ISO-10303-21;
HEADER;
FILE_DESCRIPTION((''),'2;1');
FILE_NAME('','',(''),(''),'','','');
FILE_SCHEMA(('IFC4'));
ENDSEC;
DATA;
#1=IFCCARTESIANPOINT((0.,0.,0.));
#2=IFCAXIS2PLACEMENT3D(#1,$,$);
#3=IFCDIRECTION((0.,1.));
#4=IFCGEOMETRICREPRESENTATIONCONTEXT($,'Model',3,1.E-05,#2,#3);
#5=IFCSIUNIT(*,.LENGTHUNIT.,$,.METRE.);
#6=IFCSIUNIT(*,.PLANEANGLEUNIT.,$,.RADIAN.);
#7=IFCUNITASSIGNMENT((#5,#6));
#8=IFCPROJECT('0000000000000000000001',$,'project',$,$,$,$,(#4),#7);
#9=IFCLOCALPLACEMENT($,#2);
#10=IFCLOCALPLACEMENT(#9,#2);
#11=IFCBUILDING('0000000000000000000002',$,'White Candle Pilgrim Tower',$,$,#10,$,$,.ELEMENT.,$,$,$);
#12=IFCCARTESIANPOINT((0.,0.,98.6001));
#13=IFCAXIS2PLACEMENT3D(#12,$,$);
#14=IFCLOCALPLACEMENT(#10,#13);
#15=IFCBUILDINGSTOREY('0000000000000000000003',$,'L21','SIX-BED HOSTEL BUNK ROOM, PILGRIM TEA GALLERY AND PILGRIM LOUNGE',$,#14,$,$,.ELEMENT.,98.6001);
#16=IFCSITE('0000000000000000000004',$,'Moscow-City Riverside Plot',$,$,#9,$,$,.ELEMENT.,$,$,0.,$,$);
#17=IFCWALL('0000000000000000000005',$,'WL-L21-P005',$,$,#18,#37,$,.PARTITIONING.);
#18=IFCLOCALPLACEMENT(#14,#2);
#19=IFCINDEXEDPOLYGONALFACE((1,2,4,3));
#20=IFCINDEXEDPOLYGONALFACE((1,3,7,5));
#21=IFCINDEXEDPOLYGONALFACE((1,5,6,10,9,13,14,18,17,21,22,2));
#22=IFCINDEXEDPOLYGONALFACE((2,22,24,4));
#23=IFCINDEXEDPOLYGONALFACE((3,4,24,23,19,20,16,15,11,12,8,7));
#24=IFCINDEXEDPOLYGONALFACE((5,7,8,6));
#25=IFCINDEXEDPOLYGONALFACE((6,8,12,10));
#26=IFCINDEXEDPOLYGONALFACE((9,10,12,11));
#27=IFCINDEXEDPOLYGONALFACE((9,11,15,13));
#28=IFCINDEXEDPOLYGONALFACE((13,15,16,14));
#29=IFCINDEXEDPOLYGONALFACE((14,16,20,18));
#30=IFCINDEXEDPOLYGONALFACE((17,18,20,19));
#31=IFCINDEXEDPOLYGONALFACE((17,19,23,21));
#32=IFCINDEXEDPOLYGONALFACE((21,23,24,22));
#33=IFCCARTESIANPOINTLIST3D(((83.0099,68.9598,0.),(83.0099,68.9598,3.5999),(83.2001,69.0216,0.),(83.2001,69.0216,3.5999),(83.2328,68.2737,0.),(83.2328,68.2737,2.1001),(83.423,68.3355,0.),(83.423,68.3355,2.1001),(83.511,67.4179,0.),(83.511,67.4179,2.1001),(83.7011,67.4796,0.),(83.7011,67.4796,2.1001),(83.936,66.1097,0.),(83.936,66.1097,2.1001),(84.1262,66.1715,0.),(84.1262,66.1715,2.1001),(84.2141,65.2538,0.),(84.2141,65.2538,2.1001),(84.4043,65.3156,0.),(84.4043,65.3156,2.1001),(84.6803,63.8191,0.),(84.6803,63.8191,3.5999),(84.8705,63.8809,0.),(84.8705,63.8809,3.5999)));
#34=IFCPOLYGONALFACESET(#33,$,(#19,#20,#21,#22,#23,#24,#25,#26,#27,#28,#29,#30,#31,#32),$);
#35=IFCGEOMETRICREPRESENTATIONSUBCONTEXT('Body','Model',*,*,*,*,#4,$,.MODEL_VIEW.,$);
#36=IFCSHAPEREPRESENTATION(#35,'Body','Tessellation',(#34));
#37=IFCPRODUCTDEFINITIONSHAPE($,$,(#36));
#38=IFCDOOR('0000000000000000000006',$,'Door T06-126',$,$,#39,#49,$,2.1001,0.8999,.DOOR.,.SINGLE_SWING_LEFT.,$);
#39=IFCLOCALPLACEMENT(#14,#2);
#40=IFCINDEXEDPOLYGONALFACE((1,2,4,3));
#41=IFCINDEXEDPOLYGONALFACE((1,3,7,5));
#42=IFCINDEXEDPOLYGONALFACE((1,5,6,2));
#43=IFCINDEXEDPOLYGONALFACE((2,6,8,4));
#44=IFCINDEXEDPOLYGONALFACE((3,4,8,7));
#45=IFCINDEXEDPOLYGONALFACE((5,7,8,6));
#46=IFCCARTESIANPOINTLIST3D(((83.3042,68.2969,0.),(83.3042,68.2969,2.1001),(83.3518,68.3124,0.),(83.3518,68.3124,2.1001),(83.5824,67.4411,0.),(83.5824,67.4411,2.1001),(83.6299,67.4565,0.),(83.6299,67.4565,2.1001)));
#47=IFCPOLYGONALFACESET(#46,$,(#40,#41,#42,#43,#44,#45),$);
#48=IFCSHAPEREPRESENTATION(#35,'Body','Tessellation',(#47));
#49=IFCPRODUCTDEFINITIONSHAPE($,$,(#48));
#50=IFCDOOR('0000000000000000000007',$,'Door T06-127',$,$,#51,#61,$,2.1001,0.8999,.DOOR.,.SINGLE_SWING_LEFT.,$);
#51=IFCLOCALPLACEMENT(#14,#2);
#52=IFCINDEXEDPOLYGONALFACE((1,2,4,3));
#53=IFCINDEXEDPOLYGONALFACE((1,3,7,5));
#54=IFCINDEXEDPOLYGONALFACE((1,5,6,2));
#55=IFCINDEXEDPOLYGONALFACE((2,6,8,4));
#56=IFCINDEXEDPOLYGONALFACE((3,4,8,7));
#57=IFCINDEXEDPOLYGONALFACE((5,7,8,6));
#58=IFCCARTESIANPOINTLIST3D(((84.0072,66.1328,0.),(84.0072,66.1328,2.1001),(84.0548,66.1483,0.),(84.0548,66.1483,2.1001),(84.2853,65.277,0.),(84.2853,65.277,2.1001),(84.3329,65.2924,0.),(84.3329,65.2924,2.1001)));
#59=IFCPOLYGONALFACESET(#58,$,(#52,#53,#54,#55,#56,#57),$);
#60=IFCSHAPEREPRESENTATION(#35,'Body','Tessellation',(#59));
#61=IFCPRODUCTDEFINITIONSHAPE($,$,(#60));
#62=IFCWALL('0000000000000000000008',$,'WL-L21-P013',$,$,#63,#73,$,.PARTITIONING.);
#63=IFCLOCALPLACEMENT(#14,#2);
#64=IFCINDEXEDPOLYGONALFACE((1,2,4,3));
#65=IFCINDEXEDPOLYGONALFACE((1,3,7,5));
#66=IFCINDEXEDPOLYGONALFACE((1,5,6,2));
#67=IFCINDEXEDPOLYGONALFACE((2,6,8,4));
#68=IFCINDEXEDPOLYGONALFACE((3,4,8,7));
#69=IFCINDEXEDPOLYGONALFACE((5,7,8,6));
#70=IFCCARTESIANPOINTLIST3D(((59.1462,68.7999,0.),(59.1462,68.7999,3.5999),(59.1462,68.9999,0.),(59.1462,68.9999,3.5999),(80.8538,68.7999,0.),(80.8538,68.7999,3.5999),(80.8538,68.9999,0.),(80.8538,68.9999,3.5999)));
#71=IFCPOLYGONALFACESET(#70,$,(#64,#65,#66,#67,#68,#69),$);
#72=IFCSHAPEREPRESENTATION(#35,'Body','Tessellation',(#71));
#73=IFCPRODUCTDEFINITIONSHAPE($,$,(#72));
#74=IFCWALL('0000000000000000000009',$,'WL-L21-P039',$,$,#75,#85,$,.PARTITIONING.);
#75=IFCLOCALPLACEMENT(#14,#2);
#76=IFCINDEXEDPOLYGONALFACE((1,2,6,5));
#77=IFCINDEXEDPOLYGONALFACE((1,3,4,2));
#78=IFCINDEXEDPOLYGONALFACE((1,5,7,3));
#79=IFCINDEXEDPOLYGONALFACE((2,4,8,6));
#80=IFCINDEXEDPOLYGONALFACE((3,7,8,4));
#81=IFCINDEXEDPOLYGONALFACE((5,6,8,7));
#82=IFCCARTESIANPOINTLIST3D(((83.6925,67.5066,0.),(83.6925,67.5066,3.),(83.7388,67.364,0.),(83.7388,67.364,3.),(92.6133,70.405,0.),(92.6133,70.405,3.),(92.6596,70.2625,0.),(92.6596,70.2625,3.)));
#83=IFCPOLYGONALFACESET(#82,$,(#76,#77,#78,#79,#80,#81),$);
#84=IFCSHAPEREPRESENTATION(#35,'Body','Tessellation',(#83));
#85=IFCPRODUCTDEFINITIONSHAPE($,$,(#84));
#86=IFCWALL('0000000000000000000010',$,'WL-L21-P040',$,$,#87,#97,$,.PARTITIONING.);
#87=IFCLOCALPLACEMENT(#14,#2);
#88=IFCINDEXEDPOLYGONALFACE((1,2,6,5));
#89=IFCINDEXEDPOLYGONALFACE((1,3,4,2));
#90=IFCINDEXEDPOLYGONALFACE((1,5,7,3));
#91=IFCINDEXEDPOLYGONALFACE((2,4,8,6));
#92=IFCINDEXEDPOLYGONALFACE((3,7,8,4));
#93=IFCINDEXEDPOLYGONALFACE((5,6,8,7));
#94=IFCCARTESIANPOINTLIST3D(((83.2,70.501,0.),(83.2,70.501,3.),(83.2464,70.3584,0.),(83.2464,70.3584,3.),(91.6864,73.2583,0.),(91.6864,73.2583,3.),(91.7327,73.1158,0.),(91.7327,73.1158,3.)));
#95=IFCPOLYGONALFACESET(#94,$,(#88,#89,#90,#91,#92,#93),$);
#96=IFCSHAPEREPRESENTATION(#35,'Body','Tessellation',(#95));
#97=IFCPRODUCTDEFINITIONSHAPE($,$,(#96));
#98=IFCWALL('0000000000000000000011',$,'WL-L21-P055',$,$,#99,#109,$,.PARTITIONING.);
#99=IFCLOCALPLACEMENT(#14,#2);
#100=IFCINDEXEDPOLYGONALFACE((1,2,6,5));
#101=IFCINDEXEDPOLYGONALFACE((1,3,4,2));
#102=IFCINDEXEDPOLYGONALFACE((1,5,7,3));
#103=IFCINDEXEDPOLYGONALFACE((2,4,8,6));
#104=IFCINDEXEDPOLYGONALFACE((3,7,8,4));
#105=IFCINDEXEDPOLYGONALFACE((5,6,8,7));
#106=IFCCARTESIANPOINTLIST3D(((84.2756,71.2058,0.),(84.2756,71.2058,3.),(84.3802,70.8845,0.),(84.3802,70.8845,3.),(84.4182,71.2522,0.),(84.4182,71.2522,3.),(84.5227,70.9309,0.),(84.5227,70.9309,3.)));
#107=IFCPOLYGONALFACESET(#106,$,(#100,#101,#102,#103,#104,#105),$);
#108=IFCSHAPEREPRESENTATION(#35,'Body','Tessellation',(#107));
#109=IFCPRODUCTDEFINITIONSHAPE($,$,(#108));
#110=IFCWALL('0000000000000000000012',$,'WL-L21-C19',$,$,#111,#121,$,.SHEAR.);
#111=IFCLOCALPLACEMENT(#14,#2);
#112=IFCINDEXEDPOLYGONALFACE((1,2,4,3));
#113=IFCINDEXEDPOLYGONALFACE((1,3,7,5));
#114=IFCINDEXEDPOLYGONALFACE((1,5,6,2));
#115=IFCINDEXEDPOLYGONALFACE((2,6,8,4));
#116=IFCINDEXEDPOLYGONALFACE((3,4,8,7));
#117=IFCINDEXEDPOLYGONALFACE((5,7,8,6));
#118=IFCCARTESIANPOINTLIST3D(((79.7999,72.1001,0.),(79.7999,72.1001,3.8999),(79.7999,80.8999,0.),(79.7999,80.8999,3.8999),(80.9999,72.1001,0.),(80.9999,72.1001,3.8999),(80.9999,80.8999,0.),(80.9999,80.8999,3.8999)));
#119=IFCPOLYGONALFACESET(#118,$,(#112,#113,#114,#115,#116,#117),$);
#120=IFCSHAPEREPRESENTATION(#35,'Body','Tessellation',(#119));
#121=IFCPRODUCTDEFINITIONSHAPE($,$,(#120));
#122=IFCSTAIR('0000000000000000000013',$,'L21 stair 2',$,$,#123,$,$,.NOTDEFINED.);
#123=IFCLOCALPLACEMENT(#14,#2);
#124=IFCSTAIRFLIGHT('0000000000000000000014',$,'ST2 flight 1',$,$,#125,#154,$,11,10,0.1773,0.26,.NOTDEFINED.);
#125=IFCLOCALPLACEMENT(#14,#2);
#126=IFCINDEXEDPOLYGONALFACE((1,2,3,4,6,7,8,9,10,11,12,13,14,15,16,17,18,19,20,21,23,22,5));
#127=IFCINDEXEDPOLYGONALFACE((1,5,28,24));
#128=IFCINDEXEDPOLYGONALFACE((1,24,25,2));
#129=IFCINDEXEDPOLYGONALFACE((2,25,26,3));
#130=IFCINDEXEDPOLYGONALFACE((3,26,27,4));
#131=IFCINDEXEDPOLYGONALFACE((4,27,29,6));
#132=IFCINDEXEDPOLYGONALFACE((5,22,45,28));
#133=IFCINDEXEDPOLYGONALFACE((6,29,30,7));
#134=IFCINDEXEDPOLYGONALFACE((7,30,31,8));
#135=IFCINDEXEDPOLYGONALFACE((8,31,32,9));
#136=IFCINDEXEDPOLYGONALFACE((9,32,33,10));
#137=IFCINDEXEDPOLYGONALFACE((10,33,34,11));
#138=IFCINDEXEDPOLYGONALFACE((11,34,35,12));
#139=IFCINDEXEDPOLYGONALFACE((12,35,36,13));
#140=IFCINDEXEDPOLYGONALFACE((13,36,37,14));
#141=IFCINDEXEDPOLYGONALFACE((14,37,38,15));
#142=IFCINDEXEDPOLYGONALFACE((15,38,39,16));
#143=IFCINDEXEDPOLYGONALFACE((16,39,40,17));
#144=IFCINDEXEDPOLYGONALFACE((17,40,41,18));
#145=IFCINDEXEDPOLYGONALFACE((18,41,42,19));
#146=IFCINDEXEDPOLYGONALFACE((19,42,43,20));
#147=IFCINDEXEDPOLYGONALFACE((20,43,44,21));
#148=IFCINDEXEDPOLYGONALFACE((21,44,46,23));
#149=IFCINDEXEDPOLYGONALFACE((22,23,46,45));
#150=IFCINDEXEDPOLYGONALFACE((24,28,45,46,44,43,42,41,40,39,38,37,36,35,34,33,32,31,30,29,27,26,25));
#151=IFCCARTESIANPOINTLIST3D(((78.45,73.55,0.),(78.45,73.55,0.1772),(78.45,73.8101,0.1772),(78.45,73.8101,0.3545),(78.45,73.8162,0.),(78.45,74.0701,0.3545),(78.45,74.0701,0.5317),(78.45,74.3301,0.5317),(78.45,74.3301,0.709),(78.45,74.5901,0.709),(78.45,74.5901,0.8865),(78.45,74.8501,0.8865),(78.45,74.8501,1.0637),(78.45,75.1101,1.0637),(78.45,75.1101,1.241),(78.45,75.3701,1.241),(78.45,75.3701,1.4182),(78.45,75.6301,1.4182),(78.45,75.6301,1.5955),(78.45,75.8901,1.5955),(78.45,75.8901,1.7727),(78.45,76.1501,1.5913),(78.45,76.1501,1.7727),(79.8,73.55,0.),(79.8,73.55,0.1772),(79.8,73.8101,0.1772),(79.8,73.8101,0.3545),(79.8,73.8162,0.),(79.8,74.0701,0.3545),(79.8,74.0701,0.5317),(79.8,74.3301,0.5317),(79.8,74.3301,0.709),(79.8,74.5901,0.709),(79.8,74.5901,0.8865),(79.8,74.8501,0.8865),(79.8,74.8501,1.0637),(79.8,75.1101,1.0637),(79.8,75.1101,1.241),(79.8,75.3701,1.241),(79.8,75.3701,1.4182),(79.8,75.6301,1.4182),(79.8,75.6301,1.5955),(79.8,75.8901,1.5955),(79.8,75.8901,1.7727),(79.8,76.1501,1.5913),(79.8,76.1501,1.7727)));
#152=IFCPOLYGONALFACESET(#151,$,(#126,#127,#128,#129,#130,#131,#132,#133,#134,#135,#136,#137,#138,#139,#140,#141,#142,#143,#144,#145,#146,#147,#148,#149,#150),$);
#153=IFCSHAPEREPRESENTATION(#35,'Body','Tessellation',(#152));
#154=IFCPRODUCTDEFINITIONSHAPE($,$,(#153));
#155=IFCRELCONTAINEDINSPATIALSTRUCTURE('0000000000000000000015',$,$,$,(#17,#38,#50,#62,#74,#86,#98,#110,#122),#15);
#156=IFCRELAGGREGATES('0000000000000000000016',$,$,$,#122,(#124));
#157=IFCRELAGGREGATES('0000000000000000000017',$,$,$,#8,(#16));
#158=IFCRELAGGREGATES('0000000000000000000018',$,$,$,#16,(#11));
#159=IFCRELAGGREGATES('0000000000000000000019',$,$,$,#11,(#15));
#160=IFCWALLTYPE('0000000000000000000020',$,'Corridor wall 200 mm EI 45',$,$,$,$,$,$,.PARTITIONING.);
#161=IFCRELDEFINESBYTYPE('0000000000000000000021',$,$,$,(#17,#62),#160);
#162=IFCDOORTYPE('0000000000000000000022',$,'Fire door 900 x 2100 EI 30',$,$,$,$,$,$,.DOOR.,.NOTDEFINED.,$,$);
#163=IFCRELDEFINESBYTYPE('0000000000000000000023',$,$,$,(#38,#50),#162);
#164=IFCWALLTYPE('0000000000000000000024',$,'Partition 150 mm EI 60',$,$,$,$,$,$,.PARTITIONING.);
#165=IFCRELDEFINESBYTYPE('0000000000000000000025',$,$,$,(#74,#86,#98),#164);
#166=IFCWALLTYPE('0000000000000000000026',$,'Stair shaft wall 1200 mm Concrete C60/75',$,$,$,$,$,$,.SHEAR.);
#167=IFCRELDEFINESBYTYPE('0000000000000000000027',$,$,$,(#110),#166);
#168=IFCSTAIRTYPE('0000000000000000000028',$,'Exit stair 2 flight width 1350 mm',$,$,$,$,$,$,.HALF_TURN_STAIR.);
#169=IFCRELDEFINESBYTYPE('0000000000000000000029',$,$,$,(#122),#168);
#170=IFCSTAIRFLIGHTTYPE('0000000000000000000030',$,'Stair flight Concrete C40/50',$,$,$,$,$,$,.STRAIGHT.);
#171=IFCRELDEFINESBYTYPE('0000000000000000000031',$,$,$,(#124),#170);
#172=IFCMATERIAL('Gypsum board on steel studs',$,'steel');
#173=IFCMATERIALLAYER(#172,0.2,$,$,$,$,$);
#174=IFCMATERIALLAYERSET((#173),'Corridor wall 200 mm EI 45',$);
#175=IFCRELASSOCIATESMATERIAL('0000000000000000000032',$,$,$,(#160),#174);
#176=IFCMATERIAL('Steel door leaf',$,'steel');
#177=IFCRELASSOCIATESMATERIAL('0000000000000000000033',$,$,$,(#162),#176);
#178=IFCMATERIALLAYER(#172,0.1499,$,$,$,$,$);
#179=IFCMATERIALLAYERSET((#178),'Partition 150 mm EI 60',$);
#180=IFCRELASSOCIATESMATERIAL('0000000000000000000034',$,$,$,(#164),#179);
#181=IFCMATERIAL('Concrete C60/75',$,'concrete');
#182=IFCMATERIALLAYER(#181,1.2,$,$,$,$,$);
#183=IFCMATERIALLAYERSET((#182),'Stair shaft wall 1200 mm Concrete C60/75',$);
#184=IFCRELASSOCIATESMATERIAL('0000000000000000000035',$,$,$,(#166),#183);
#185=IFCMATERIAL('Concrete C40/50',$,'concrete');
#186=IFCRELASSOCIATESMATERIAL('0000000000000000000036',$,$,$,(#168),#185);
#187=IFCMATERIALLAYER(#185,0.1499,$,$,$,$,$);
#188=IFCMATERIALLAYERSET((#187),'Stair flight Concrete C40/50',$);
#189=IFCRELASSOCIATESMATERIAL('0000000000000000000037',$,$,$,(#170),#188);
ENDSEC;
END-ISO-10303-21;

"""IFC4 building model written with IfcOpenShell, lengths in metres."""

from ifc_helpers import new_model, si_unit, direction, frame, frame_2d, origin, place, context, subcontext, project, spatial, polyline, rectangle, outline, extrude, material, layer, layer_set, type_object, element, fill, aggregate, save


model = new_model("IFC4")

# Units and contexts
model_context = context("Model", 3, precision=1e-05, world=origin(), true_north=direction((0.0, 1.0)))
body_context = subcontext(model_context, "Body", "Model", "MODEL_VIEW")
ifc_project = project(units=[si_unit("LENGTHUNIT", "METRE"), si_unit("PLANEANGLEUNIT", "RADIAN")], contexts=[model_context])

# Site, building, storey
site_placement = place(None, origin())
site = spatial("IfcSite", under=ifc_project, at=site_placement, Name="Moscow-City Riverside Plot", CompositionType="ELEMENT", RefElevation=0.0)
building_placement = place(site_placement, origin())
building = spatial("IfcBuilding", under=site, at=building_placement, Name="White Candle Pilgrim Tower", CompositionType="ELEMENT")
storey_placement = place(building_placement, frame((0.0, 0.0, 98.6001)))
storey = spatial("IfcBuildingStorey", under=building, at=storey_placement, Name="L21", Description="SIX-BED HOSTEL BUNK ROOM, PILGRIM TEA GALLERY AND PILGRIM LOUNGE", CompositionType="ELEMENT", Elevation=98.6001)

# Wall, openings, doors
ifc_material_1 = material(Name="Gypsum board on steel studs", Category="steel")
ifc_layer_1 = layer(ifc_material_1, 0.2)
ifc_layer_set_1 = layer_set([ifc_layer_1], Name="Corridor wall 200 mm EI 45")
wall_type_1 = type_object("IfcWallType", Name="Corridor wall 200 mm EI 45", PredefinedType="PARTITIONING", material=ifc_layer_set_1)
wall_1_placement = place(storey_placement, frame((83.105, 68.9907, 0.0), z_axis=(0.0, 0.0, 1.0), x_axis=(0.309037, -0.95105, 0.0)))
wall_1 = element("IfcWall", 1, at=wall_1_placement, inside=storey, type_object=wall_type_1, Name="WL-L21-P005", PredefinedType="PARTITIONING", context=body_context, shape_type="SweptSolid", body=[
    extrude(rectangle(XDim=5.4053, YDim=0.2, at=frame_2d((2.7026, 0.0))), origin(), (0.0, 0.0, 1.0), 3.5999),
])
opening_1_placement = place(wall_1_placement, frame((0.7214, 0.0, 0.0)))
opening_1 = element("IfcOpeningElement", 2, at=opening_1_placement, cuts=wall_1, PredefinedType="OPENING", context=body_context, shape_type="SweptSolid", body=[
    extrude(rectangle(XDim=0.8999, YDim=2.1001, at=frame_2d((0.45, 1.05))), frame((0.0, 0.1099, 0.0), z_axis=(0.0, -1.0, 0.0), x_axis=(1.0, 0.0, 0.0)), (0.0, 0.0, 1.0), 0.22),
])
opening_2_placement = place(wall_1_placement, frame((2.9968, 0.0, 0.0)))
opening_2 = element("IfcOpeningElement", 3, at=opening_2_placement, cuts=wall_1, PredefinedType="OPENING", context=body_context, shape_type="SweptSolid", body=[
    extrude(rectangle(XDim=0.8999, YDim=2.1001, at=frame_2d((0.45, 1.05))), frame((0.0, 0.1099, 0.0), z_axis=(0.0, -1.0, 0.0), x_axis=(1.0, 0.0, 0.0)), (0.0, 0.0, 1.0), 0.22),
])
ifc_material_2 = material(Name="Steel door leaf", Category="steel")
door_type = type_object("IfcDoorType", Name="Fire door 900 x 2100 EI 30", OperationType="NOTDEFINED", PredefinedType="DOOR", material=ifc_material_2)
door_1_placement = place(opening_1_placement, frame((0.8999, 0.0, 0.0), z_axis=(0.0, 0.0, 1.0), x_axis=(-1.0, 0.0, 0.0)))
door_1 = element("IfcDoor", 4, at=door_1_placement, inside=storey, type_object=door_type, Name="Door T06-126", OperationType="SINGLE_SWING_LEFT", OverallHeight=2.1001, OverallWidth=0.8999, PredefinedType="DOOR", context=body_context, shape_type="SweptSolid", body=[
    extrude(rectangle(XDim=0.8999, YDim=2.1001, at=frame_2d((0.45, 1.05))), frame((0.0, 0.0249, 0.0), z_axis=(0.0, -1.0, 0.0), x_axis=(1.0, 0.0, 0.0)), (0.0, 0.0, 1.0), 0.05),
])
fill(opening_1, door_1)
door_2_placement = place(opening_2_placement, origin())
door_2 = element("IfcDoor", 5, at=door_2_placement, inside=storey, type_object=door_type, Name="Door T06-127", OperationType="SINGLE_SWING_LEFT", OverallHeight=2.1001, OverallWidth=0.8999, PredefinedType="DOOR", context=body_context, shape_type="SweptSolid", body=[
    extrude(rectangle(XDim=0.8999, YDim=2.1001, at=frame_2d((0.45, 1.05))), frame((0.0, 0.0249, 0.0), z_axis=(0.0, -1.0, 0.0), x_axis=(1.0, 0.0, 0.0)), (0.0, 0.0, 1.0), 0.05),
])
fill(opening_2, door_2)

# Walls
wall_2_placement = place(storey_placement, frame((80.8538, 68.8999, 0.0), z_axis=(0.0, 0.0, 1.0), x_axis=(-1.0, 0.0, 0.0)))
element("IfcWall", 6, at=wall_2_placement, inside=storey, type_object=wall_type_1, Name="WL-L21-P013", PredefinedType="PARTITIONING", context=body_context, shape_type="SweptSolid", body=[
    extrude(rectangle(XDim=21.7075, YDim=0.2, at=frame_2d((10.8538, 0.0))), origin(), (0.0, 0.0, 1.0), 3.5999),
])
ifc_layer_2 = layer(ifc_material_1, 0.1499)
ifc_layer_set_2 = layer_set([ifc_layer_2], Name="Partition 150 mm EI 60")
wall_type_2 = type_object("IfcWallType", Name="Partition 150 mm EI 60", PredefinedType="PARTITIONING", material=ifc_layer_set_2)
wall_3_placement = place(storey_placement, frame((92.6365, 70.3337, 0.0), z_axis=(0.0, 0.0, 1.0), x_axis=(-0.951061, -0.309004, 0.0)))
element("IfcWall", 7, at=wall_3_placement, inside=storey, type_object=wall_type_2, Name="WL-L21-P039", PredefinedType="PARTITIONING", context=body_context, shape_type="SweptSolid", body=[
    extrude(rectangle(XDim=9.3799, YDim=0.1499, at=frame_2d((4.6899, 0.0))), origin(), (0.0, 0.0, 1.0), 3.0),
])
wall_4_placement = place(storey_placement, frame((91.7095, 73.187, 0.0), z_axis=(0.0, 0.0, 1.0), x_axis=(-0.951058, -0.309012, 0.0)))
element("IfcWall", 8, at=wall_4_placement, inside=storey, type_object=wall_type_2, Name="WL-L21-P040", PredefinedType="PARTITIONING", context=body_context, shape_type="SweptSolid", body=[
    extrude(rectangle(XDim=8.9231, YDim=0.1499, at=frame_2d((4.4614, 0.0))), origin(), (0.0, 0.0, 1.0), 3.0),
])
wall_5_placement = place(storey_placement, frame((84.3469, 71.229, 0.0), z_axis=(0.0, 0.0, 1.0), x_axis=(0.309282, -0.95097, 0.0)))
element("IfcWall", 9, at=wall_5_placement, inside=storey, type_object=wall_type_2, Name="WL-L21-P055", PredefinedType="PARTITIONING", context=body_context, shape_type="SweptSolid", body=[
    extrude(rectangle(XDim=0.3379, YDim=0.1499, at=frame_2d((0.1689, 0.0))), origin(), (0.0, 0.0, 1.0), 3.0),
])
ifc_material_3 = material(Name="Concrete C60/75", Category="concrete")
ifc_layer_3 = layer(ifc_material_3, 1.2)
ifc_layer_set_3 = layer_set([ifc_layer_3], Name="Stair shaft wall 1200 mm Concrete C60/75")
wall_type_3 = type_object("IfcWallType", Name="Stair shaft wall 1200 mm Concrete C60/75", PredefinedType="SHEAR", material=ifc_layer_set_3)
wall_6_placement = place(storey_placement, frame((80.3999, 72.1001, 0.0), z_axis=(0.0, 0.0, 1.0), x_axis=(0.0, 1.0, 0.0)))
element("IfcWall", 10, at=wall_6_placement, inside=storey, type_object=wall_type_3, Name="WL-L21-C19", PredefinedType="SHEAR", context=body_context, shape_type="SweptSolid", body=[
    extrude(rectangle(XDim=8.7998, YDim=1.2, at=frame_2d((4.3999, 0.0))), origin(), (0.0, 0.0, 1.0), 3.8999),
])

# Stair, stair flight
ifc_material_4 = material(Name="Concrete C40/50", Category="concrete")
stair_type = type_object("IfcStairType", Name="Exit stair 2 flight width 1350 mm", PredefinedType="HALF_TURN_STAIR", material=ifc_material_4)
stair_placement = place(storey_placement, origin())
stair = element("IfcStair", 11, at=stair_placement, inside=storey, type_object=stair_type, Name="L21 stair 2", PredefinedType="NOTDEFINED")
ifc_layer_4 = layer(ifc_material_4, 0.1499)
ifc_layer_set_4 = layer_set([ifc_layer_4], Name="Stair flight Concrete C40/50")
stair_flight_type = type_object("IfcStairFlightType", Name="Stair flight Concrete C40/50", PredefinedType="STRAIGHT", material=ifc_layer_set_4)
stair_flight_placement = place(storey_placement, frame((79.125, 73.55, 0.0), z_axis=(0.0, 0.0, 1.0), x_axis=(0.0, 1.0, 0.0)))
stair_flight = element("IfcStairFlight", 12, at=stair_flight_placement, type_object=stair_flight_type, Name="ST2 flight 1", NumberOfRisers=11, NumberOfTreads=10, PredefinedType="NOTDEFINED", RiserHeight=0.1773, TreadLength=0.26, context=body_context, shape_type="SweptSolid", body=[
    extrude(outline(polyline([(0.0, 0.0), (0.0, 0.1772), (0.26, 0.1772), (0.26, 0.3545), (0.52, 0.3545), (0.52, 0.5317), (0.78, 0.5317), (0.78, 0.709), (1.04, 0.709), (1.04, 0.8865), (1.3, 0.8865), (1.3, 1.0637), (1.5601, 1.0637), (1.5601, 1.241), (1.8201, 1.241), (1.8201, 1.4182), (2.0801, 1.4182), (2.0801, 1.5955), (2.3401, 1.5955), (2.3401, 1.7727), (2.6001, 1.7727), (2.6001, 1.95), (2.6001, 1.5913), (0.2661, 0.0), (0.0, 0.0)])), frame((0.0, 0.675, 0.0), z_axis=(0.0, -1.0, 0.0), x_axis=(1.0, 0.0, 0.0)), (0.0, 0.0, 1.0), 1.3501),
])
aggregate(stair, [stair_flight])

save(model, "model.ifc")
